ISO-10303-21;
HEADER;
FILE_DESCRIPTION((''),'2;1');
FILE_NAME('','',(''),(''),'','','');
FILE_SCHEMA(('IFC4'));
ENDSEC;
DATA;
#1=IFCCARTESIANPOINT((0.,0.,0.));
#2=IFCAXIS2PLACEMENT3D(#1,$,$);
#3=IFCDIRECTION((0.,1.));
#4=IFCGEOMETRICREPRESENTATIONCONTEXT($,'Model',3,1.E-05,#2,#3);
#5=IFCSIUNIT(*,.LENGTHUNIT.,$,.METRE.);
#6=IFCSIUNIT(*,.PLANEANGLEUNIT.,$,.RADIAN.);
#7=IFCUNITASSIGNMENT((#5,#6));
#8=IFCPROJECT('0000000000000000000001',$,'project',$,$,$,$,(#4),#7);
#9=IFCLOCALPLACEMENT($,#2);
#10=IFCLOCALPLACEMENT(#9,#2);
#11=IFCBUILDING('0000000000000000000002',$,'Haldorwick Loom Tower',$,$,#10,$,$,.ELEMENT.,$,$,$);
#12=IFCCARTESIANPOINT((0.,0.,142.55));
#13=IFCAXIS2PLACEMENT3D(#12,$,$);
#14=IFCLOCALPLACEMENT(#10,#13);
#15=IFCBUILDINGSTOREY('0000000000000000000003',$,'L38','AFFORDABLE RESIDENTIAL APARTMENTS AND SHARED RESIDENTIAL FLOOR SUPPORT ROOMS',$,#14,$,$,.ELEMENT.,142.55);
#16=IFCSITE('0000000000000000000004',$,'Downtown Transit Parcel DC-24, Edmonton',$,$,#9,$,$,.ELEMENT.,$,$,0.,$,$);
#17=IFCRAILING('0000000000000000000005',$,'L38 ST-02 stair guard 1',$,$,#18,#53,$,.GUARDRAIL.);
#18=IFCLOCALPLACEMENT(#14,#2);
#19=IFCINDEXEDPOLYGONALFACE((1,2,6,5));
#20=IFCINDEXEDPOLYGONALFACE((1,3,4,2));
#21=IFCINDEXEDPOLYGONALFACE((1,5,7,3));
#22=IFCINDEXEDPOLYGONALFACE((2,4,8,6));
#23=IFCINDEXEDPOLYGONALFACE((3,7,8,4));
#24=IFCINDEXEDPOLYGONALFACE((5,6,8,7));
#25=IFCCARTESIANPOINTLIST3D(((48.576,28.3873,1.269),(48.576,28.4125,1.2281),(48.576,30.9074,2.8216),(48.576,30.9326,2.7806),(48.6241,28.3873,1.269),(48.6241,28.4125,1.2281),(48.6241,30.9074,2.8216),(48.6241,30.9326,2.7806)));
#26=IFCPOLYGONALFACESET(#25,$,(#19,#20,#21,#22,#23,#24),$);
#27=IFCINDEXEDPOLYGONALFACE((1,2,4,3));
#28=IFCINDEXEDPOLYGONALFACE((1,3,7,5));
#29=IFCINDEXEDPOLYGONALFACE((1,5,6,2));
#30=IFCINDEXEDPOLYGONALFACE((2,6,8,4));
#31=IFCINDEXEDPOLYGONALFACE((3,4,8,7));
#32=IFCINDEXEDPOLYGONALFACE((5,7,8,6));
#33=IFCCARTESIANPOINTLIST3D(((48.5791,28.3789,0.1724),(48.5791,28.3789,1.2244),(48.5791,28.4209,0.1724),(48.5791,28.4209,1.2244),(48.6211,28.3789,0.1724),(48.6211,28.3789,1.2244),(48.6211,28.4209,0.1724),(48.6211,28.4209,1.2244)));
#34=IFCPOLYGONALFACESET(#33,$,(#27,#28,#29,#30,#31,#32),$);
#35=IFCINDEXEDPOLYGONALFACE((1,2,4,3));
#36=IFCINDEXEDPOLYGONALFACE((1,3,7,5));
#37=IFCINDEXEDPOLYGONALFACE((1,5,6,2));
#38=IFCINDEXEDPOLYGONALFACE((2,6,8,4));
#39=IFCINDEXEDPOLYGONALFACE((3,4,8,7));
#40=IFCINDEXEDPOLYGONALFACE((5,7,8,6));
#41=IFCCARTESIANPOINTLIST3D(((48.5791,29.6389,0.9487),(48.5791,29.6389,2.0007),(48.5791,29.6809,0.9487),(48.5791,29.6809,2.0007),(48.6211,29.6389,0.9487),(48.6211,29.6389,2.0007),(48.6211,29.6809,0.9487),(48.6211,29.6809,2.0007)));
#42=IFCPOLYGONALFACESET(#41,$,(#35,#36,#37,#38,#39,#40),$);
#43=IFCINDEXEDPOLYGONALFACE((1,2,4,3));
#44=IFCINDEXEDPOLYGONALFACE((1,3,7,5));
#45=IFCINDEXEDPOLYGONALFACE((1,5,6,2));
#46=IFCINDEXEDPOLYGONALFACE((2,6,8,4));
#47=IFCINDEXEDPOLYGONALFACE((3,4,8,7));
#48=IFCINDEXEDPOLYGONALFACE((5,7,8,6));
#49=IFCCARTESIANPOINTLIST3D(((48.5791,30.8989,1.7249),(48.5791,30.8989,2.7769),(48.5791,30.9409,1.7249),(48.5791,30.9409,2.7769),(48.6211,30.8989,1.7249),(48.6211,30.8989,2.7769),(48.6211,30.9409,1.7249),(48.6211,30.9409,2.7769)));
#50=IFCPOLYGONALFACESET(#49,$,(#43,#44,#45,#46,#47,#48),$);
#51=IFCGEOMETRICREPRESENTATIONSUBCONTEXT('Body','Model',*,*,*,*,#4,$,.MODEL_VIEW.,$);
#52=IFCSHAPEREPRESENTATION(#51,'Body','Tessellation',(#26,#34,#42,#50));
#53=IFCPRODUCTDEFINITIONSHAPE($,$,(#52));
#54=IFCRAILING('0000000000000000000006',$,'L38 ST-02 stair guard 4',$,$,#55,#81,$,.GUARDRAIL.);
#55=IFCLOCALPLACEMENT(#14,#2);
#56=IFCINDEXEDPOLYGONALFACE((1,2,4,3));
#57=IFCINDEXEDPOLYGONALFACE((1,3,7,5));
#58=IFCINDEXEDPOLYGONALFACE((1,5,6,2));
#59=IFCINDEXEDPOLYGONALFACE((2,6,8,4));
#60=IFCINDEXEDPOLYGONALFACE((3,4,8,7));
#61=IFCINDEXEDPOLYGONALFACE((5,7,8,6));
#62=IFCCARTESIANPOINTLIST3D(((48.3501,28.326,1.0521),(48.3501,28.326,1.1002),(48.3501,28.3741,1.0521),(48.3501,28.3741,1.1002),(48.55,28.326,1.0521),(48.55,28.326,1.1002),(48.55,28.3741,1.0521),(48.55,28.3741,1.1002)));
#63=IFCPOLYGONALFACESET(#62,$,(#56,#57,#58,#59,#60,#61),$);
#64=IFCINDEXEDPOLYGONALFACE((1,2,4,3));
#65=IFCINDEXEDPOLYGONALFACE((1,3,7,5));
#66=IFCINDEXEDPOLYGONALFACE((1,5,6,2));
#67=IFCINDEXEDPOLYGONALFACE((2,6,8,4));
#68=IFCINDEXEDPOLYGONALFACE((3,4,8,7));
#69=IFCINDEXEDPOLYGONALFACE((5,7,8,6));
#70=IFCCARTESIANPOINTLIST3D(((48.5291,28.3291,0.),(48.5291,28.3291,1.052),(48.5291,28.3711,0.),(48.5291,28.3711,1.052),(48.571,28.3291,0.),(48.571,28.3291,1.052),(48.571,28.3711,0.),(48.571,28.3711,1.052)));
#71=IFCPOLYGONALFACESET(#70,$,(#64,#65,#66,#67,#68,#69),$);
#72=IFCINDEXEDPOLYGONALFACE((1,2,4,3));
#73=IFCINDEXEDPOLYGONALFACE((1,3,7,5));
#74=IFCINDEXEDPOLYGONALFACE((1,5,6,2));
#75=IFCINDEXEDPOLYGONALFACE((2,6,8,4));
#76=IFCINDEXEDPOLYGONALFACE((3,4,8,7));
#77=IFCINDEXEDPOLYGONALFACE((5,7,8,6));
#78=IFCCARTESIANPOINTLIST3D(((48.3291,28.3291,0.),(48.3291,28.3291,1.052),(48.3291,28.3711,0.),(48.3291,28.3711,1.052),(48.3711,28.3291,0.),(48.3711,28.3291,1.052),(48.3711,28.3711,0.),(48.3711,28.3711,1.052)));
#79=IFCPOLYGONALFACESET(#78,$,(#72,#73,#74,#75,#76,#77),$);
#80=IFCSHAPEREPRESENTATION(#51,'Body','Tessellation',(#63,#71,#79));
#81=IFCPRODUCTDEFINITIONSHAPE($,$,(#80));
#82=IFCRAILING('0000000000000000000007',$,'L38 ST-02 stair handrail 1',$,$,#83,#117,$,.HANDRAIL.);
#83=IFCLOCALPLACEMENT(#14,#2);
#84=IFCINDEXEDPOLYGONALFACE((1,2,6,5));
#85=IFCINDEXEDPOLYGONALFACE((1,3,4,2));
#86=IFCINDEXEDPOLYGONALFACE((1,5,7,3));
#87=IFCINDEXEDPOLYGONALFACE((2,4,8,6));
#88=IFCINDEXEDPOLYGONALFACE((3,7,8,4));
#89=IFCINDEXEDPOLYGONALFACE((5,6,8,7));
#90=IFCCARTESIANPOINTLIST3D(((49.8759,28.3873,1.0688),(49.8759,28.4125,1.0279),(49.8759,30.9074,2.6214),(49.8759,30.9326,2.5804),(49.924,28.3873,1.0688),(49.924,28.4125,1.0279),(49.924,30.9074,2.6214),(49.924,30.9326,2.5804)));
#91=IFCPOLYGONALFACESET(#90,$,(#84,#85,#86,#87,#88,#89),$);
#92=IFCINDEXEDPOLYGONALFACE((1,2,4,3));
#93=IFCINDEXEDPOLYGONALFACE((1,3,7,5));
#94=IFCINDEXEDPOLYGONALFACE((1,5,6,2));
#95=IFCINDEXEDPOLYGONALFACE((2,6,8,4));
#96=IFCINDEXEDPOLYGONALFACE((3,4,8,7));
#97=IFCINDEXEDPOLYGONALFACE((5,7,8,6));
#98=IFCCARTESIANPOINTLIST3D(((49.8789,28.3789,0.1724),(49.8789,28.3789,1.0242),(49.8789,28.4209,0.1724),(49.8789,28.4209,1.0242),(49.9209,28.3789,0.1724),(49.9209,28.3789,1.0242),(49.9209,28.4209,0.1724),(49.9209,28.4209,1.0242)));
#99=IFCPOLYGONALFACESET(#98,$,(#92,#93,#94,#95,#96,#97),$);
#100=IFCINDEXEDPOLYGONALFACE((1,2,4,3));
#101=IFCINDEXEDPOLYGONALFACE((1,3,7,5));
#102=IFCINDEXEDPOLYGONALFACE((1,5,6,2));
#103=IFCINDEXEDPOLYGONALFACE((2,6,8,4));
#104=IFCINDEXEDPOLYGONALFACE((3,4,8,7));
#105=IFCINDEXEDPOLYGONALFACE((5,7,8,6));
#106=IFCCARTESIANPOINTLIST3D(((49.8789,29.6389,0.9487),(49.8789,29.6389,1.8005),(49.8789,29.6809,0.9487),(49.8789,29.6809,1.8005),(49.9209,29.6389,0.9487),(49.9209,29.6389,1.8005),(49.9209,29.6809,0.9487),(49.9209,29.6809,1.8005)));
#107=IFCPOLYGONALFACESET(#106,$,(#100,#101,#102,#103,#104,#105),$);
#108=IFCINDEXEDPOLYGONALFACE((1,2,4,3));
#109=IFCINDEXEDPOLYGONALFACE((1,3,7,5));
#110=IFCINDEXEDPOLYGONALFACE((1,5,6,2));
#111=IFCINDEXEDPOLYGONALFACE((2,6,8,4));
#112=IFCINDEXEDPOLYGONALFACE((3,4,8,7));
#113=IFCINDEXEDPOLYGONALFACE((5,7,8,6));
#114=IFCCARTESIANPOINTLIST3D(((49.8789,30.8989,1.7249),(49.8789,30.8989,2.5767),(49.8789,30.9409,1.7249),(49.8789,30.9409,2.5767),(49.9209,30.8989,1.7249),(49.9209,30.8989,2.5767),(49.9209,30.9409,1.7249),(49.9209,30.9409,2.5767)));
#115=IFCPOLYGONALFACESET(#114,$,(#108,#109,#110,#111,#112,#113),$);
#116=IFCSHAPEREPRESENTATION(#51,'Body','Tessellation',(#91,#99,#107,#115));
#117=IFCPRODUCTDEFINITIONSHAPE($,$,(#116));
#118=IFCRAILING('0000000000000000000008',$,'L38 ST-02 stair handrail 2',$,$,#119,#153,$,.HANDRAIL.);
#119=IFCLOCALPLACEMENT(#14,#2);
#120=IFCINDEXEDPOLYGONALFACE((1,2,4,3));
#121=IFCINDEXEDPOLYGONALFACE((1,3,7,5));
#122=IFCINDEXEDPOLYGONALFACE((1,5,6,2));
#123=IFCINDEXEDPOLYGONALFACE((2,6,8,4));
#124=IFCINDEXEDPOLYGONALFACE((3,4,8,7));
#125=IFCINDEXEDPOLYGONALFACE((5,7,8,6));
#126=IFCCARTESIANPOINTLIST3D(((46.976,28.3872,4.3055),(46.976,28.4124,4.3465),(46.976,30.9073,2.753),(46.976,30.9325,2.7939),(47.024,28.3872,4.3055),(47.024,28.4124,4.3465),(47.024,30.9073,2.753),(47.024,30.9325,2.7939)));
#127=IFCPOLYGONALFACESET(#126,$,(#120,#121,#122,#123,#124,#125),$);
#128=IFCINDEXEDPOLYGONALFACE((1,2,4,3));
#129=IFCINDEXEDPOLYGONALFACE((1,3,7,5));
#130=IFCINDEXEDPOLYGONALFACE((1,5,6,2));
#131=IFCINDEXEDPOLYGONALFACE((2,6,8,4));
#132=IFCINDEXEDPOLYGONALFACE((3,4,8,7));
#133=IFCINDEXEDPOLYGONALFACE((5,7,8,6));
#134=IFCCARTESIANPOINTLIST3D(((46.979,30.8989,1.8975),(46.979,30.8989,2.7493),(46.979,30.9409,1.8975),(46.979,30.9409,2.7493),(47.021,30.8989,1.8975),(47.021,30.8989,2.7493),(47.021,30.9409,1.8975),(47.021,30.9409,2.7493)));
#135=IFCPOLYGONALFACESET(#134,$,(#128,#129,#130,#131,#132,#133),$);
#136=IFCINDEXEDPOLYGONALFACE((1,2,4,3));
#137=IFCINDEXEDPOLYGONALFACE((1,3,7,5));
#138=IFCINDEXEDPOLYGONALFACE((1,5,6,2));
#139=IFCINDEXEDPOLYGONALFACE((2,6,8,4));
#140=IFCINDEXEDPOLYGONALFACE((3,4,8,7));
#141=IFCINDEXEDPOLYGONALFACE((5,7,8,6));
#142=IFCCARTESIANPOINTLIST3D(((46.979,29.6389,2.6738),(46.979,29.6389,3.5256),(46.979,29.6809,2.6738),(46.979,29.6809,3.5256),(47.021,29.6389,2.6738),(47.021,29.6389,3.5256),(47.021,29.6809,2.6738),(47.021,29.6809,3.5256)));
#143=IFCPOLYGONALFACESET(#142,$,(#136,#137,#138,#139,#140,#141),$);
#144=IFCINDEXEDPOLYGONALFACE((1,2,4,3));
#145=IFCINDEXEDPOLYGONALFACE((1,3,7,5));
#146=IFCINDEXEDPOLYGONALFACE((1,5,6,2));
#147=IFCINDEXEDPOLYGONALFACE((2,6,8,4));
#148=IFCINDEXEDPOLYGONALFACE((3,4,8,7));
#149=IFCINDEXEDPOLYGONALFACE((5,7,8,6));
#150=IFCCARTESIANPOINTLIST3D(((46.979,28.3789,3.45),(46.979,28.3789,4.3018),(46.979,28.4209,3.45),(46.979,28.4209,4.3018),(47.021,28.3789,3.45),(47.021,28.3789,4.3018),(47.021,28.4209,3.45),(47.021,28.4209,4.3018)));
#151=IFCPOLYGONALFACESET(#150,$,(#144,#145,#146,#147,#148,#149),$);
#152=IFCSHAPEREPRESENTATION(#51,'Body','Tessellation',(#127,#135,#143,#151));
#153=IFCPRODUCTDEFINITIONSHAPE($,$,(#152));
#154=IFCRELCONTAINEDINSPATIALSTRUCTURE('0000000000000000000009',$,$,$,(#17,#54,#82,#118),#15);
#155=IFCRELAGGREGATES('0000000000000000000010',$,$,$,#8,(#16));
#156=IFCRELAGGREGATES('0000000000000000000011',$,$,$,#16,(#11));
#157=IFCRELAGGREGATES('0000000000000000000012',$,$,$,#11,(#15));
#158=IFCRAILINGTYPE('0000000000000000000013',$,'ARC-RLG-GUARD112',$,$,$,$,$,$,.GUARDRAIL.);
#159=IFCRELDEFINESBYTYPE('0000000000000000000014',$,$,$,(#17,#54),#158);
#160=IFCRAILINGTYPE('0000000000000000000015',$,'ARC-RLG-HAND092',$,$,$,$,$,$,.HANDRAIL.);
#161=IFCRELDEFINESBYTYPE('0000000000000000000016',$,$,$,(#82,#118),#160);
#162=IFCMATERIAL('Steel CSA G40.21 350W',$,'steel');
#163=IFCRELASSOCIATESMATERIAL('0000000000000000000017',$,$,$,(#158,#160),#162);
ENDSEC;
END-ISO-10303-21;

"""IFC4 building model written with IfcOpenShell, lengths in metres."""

from ifc_helpers import new_model, si_unit, direction, frame, origin, origin_2d, place, context, subcontext, project, spatial, rectangle, extrude, material, type_object, element, save


model = new_model("IFC4")

# Units and contexts
model_context = context("Model", 3, precision=1e-05, world=origin(), true_north=direction((0.0, 1.0)))
body_context = subcontext(model_context, "Body", "Model", "MODEL_VIEW")
ifc_project = project(units=[si_unit("LENGTHUNIT", "METRE"), si_unit("PLANEANGLEUNIT", "RADIAN")], contexts=[model_context])

# Site, building, storey
site_placement = place(None, origin())
site = spatial("IfcSite", under=ifc_project, at=site_placement, Name="Downtown Transit Parcel DC-24, Edmonton", CompositionType="ELEMENT", RefElevation=0.0)
building_placement = place(site_placement, origin())
building = spatial("IfcBuilding", under=site, at=building_placement, Name="Haldorwick Loom Tower", CompositionType="ELEMENT")
storey_placement = place(building_placement, frame((0.0, 0.0, 142.55)))
storey = spatial("IfcBuildingStorey", under=building, at=storey_placement, Name="L38", Description="AFFORDABLE RESIDENTIAL APARTMENTS AND SHARED RESIDENTIAL FLOOR SUPPORT ROOMS", CompositionType="ELEMENT", Elevation=142.55)

# Shared definitions
ifc_material_1 = material(Name="Steel CSA G40.21 350W", Category="steel")

# Railings
railing_type_1 = type_object("IfcRailingType", Name="ARC-RLG-GUARD112", PredefinedType="GUARDRAIL", material=ifc_material_1)
railing_1_placement = place(storey_placement, frame((48.6001, 28.3999, 0.1724)))
element("IfcRailing", 1, at=railing_1_placement, inside=storey, type_object=railing_type_1, Name="L38 ST-02 stair guard 1", PredefinedType="GUARDRAIL", context=body_context, shape_type="SweptSolid", body=[
    extrude(rectangle(XDim=0.0481, YDim=0.0481, at=origin_2d()), frame((0.0, 0.0, 1.0762), z_axis=(0.0, 0.8514, 0.524516), x_axis=(-1.0, 0.0, 0.0)), (0.0, 0.0, 1.0), 2.96),
    extrude(rectangle(XDim=0.042, YDim=0.042, at=origin_2d()), origin(), (0.0, 0.0, 1.0), 1.052),
    extrude(rectangle(XDim=0.042, YDim=0.042, at=origin_2d()), frame((0.0, 1.26, 0.7764)), (0.0, 0.0, 1.0), 1.052),
    extrude(rectangle(XDim=0.042, YDim=0.042, at=origin_2d()), frame((0.0, 2.52, 1.5525)), (0.0, 0.0, 1.0), 1.052),
])
railing_2_placement = place(storey_placement, frame((48.55, 28.3501, 0.0)))
element("IfcRailing", 2, at=railing_2_placement, inside=storey, type_object=railing_type_1, Name="L38 ST-02 stair guard 4", PredefinedType="GUARDRAIL", context=body_context, shape_type="SweptSolid", body=[
    extrude(rectangle(XDim=0.0481, YDim=0.0481, at=origin_2d()), frame((0.0, 0.0, 1.0762), z_axis=(-1.0, 0.0, 0.0), x_axis=(0.0, -1.0, 0.0)), (0.0, 0.0, 1.0), 0.2),
    extrude(rectangle(XDim=0.042, YDim=0.042, at=origin_2d()), origin(), (0.0, 0.0, 1.0), 1.052),
    extrude(rectangle(XDim=0.042, YDim=0.042, at=origin_2d()), frame((-0.2, 0.0, 0.0)), (0.0, 0.0, 1.0), 1.052),
])
railing_type_2 = type_object("IfcRailingType", Name="ARC-RLG-HAND092", PredefinedType="HANDRAIL", material=ifc_material_1)
railing_3_placement = place(storey_placement, frame((49.8999, 28.3999, 0.1724)))
element("IfcRailing", 3, at=railing_3_placement, inside=storey, type_object=railing_type_2, Name="L38 ST-02 stair handrail 1", PredefinedType="HANDRAIL", context=body_context, shape_type="SweptSolid", body=[
    extrude(rectangle(XDim=0.0481, YDim=0.0481, at=origin_2d()), frame((0.0, 0.0, 0.876), z_axis=(0.0, 0.8514, 0.524516), x_axis=(-1.0, 0.0, 0.0)), (0.0, 0.0, 1.0), 2.96),
    extrude(rectangle(XDim=0.042, YDim=0.042, at=origin_2d()), origin(), (0.0, 0.0, 1.0), 0.8518),
    extrude(rectangle(XDim=0.042, YDim=0.042, at=origin_2d()), frame((0.0, 1.26, 0.7764)), (0.0, 0.0, 1.0), 0.8518),
    extrude(rectangle(XDim=0.042, YDim=0.042, at=origin_2d()), frame((0.0, 2.52, 1.5525)), (0.0, 0.0, 1.0), 0.8518),
])
railing_4_placement = place(storey_placement, frame((47.0, 30.9199, 1.8975)))
element("IfcRailing", 4, at=railing_4_placement, inside=storey, type_object=railing_type_2, Name="L38 ST-02 stair handrail 2", PredefinedType="HANDRAIL", context=body_context, shape_type="SweptSolid", body=[
    extrude(rectangle(XDim=0.0481, YDim=0.0481, at=origin_2d()), frame((0.0, 0.0, 0.876), z_axis=(0.0, -0.8514, 0.524516), x_axis=(1.0, 0.0, 0.0)), (0.0, 0.0, 1.0), 2.96),
    extrude(rectangle(XDim=0.042, YDim=0.042, at=origin_2d()), origin(), (0.0, 0.0, 1.0), 0.8518),
    extrude(rectangle(XDim=0.042, YDim=0.042, at=origin_2d()), frame((0.0, -1.26, 0.7764)), (0.0, 0.0, 1.0), 0.8518),
    extrude(rectangle(XDim=0.042, YDim=0.042, at=origin_2d()), frame((0.0, -2.52, 1.5525)), (0.0, 0.0, 1.0), 0.8518),
])

save(model, "model.ifc")
